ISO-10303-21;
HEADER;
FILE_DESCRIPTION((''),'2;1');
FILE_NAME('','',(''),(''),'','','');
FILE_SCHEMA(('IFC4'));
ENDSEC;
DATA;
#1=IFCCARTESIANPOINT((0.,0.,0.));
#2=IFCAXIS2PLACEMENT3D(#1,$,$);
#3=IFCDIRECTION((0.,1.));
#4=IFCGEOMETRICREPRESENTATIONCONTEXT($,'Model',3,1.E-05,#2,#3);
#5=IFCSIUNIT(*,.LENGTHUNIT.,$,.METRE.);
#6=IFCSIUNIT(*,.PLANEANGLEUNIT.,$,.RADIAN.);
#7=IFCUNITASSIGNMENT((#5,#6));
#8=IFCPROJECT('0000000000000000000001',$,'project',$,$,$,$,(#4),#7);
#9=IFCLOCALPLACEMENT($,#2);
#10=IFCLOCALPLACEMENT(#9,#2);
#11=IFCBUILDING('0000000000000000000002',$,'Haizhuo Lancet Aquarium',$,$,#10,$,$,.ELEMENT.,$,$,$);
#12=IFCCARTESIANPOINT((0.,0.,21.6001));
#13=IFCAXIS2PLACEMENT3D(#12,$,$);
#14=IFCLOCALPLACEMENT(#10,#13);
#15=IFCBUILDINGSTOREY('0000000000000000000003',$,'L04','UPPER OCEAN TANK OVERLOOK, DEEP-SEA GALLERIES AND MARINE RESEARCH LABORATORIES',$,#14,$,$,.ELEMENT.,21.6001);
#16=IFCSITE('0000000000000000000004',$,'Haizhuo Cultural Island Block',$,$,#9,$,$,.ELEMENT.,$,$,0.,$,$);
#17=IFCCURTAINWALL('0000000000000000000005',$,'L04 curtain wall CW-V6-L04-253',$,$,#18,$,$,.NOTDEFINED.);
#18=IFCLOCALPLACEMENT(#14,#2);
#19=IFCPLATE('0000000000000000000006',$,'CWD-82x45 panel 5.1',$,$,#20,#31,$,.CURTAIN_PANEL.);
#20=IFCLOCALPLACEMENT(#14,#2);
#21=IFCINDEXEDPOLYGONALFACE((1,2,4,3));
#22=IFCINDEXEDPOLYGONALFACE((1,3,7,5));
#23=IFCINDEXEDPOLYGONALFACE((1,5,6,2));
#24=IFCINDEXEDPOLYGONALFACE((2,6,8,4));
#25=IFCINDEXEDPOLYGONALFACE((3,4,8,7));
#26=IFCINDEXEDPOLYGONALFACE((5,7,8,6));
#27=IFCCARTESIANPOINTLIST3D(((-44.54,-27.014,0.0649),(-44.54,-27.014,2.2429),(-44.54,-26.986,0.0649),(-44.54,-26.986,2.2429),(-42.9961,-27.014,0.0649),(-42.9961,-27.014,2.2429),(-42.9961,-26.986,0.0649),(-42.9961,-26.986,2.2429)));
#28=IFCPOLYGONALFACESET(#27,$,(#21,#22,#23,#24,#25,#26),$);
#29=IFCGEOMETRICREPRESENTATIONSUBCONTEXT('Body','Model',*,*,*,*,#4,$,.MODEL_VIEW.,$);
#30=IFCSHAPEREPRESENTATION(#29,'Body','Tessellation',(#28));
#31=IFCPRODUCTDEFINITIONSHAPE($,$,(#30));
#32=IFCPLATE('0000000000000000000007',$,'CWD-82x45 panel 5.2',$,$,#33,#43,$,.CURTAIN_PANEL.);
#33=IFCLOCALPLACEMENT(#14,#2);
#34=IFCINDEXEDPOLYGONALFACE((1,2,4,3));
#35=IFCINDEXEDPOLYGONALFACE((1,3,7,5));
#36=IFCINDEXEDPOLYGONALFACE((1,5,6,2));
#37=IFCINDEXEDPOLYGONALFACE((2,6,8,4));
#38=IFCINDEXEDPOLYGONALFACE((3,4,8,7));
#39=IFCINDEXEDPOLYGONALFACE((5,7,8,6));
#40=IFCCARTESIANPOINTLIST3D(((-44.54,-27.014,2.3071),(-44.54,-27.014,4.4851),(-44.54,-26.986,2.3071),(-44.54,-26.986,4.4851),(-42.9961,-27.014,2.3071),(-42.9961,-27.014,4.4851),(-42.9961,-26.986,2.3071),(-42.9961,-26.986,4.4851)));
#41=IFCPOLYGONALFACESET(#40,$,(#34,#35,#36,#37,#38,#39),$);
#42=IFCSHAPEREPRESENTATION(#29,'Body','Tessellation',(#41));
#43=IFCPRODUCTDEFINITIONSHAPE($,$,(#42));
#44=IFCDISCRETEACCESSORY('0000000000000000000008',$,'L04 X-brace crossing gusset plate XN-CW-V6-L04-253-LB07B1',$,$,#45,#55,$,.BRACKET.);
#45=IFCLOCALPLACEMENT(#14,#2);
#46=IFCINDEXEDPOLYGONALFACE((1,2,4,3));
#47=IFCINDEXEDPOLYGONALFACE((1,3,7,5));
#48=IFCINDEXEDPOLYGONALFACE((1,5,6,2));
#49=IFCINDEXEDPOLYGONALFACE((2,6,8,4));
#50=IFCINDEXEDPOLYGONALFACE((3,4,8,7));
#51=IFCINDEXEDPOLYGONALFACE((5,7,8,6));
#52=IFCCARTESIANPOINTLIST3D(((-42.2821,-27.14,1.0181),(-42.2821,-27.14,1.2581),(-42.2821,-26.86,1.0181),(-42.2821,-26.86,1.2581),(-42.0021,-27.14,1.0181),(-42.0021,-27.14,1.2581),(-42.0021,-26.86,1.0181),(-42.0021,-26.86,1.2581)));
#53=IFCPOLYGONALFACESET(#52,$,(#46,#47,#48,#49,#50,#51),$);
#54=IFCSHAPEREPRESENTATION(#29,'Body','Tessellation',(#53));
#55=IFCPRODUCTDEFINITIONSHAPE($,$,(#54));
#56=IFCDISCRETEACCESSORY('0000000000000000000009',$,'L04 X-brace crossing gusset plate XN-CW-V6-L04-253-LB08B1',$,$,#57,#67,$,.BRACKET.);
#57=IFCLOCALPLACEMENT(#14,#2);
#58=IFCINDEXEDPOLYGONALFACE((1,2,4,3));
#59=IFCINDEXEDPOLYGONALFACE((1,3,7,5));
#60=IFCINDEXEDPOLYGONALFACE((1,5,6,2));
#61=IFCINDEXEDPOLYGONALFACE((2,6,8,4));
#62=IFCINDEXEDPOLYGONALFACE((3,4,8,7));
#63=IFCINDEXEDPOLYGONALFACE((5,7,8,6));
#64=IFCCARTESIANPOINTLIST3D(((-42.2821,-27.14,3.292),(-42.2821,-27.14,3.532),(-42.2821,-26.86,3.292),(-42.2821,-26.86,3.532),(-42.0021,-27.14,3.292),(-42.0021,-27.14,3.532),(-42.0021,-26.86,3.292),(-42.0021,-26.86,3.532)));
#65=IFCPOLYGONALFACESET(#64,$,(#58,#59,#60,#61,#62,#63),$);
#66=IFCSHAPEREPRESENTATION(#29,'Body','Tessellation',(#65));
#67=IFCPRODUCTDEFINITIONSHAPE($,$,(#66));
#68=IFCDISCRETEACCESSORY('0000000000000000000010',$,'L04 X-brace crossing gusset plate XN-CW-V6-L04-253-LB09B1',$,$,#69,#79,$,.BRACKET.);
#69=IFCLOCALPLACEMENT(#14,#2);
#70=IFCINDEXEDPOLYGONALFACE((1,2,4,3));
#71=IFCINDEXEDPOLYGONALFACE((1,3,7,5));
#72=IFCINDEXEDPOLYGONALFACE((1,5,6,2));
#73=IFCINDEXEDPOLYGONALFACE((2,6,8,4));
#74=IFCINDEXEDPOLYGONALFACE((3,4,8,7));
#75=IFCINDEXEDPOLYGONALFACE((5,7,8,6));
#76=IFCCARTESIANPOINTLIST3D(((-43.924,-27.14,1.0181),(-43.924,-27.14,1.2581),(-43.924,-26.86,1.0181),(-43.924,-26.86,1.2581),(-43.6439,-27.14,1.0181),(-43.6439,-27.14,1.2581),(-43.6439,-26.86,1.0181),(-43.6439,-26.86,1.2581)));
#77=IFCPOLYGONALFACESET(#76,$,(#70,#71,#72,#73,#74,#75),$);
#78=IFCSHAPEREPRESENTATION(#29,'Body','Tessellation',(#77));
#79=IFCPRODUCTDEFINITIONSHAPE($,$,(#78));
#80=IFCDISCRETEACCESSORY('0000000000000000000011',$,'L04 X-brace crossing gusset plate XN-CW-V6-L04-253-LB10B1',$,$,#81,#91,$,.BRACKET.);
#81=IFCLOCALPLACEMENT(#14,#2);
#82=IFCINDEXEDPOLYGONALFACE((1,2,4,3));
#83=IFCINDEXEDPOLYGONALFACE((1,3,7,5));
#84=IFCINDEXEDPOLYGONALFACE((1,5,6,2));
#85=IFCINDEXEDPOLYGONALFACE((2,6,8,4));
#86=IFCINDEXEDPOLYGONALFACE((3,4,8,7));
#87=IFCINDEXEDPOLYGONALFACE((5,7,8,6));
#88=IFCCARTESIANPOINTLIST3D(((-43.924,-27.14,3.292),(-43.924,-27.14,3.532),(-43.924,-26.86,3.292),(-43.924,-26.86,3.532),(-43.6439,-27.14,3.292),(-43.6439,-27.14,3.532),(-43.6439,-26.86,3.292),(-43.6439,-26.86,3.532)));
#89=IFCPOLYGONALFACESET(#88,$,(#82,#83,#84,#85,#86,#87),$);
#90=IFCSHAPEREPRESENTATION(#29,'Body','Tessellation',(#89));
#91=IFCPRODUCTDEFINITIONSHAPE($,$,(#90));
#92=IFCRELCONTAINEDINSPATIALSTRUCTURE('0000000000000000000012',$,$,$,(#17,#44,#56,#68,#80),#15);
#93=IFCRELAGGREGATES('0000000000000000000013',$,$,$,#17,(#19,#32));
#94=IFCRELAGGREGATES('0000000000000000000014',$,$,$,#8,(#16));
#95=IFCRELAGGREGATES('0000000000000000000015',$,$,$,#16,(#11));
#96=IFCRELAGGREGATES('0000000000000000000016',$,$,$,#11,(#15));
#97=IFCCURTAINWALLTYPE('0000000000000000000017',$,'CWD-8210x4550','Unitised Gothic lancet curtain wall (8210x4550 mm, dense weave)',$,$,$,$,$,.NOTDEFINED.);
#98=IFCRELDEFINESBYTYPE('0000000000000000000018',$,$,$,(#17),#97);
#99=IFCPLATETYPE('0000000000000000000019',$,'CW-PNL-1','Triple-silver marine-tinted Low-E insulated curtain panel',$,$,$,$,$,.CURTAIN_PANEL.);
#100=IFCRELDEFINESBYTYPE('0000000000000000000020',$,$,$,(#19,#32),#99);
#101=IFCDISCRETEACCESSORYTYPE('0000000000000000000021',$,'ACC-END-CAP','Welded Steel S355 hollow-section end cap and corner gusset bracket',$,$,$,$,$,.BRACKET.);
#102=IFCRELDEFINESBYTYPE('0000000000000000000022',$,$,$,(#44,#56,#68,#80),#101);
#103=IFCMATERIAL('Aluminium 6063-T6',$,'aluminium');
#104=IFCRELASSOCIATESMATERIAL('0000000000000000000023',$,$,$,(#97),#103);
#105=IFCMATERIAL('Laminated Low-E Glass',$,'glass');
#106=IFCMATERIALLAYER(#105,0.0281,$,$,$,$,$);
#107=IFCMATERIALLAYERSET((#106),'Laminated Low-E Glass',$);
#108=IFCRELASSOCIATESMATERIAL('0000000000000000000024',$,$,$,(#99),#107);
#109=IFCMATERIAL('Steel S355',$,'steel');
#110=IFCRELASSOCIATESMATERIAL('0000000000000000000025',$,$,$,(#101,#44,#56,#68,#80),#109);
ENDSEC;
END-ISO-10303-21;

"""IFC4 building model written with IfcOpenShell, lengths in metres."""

from ifc_helpers import new_model, si_unit, direction, frame, origin, origin_2d, place, context, subcontext, project, spatial, rectangle, extrude, material, layer, layer_set, type_object, element, aggregate, save


model = new_model("IFC4")

# Units and contexts
model_context = context("Model", 3, precision=1e-05, world=origin(), true_north=direction((0.0, 1.0)))
body_context = subcontext(model_context, "Body", "Model", "MODEL_VIEW")
ifc_project = project(units=[si_unit("LENGTHUNIT", "METRE"), si_unit("PLANEANGLEUNIT", "RADIAN")], contexts=[model_context])

# Site, building, storey
site_placement = place(None, origin())
site = spatial("IfcSite", under=ifc_project, at=site_placement, Name="Haizhuo Cultural Island Block", CompositionType="ELEMENT", RefElevation=0.0)
building_placement = place(site_placement, origin())
building = spatial("IfcBuilding", under=site, at=building_placement, Name="Haizhuo Lancet Aquarium", CompositionType="ELEMENT")
storey_placement = place(building_placement, frame((0.0, 0.0, 21.6001)))
storey = spatial("IfcBuildingStorey", under=building, at=storey_placement, Name="L04", Description="UPPER OCEAN TANK OVERLOOK, DEEP-SEA GALLERIES AND MARINE RESEARCH LABORATORIES", CompositionType="ELEMENT", Elevation=21.6001)

# Shared definitions
ifc_material_1 = material(Name="Steel S355", Category="steel")

# Curtain wall
ifc_material_2 = material(Name="Aluminium 6063-T6", Category="aluminium")
curtain_wall_type = type_object("IfcCurtainWallType", Name="CWD-8210x4550", Description="Unitised Gothic lancet curtain wall (8210x4550 mm, dense weave)", PredefinedType="NOTDEFINED", material=ifc_material_2)
curtain_wall_placement = place(storey_placement, origin())
curtain_wall = element("IfcCurtainWall", 1, at=curtain_wall_placement, inside=storey, type_object=curtain_wall_type, Name="L04 curtain wall CW-V6-L04-253", PredefinedType="NOTDEFINED")

# Plates
ifc_material_3 = material(Name="Laminated Low-E Glass", Category="glass")
ifc_layer = layer(ifc_material_3, 0.0281)
ifc_layer_set = layer_set([ifc_layer], Name="Laminated Low-E Glass")
plate_type = type_object("IfcPlateType", Name="CW-PNL-1", Description="Triple-silver marine-tinted Low-E insulated curtain panel", PredefinedType="CURTAIN_PANEL", material=ifc_layer_set)
plate_1_placement = place(storey_placement, frame((-43.7681, -27.0, 0.0649), z_axis=(0.0, 0.0, 1.0), x_axis=(-1.0, 0.0, 0.0)))
plate_1 = element("IfcPlate", 2, at=plate_1_placement, type_object=plate_type, Name="CWD-82x45 panel 5.1", PredefinedType="CURTAIN_PANEL", context=body_context, shape_type="SweptSolid", body=[
    extrude(rectangle(XDim=1.5439, YDim=0.0281, at=origin_2d()), origin(), (0.0, 0.0, 1.0), 2.178),
])
plate_2_placement = place(storey_placement, frame((-43.7681, -27.0, 2.3071), z_axis=(0.0, 0.0, 1.0), x_axis=(-1.0, 0.0, 0.0)))
plate_2 = element("IfcPlate", 3, at=plate_2_placement, type_object=plate_type, Name="CWD-82x45 panel 5.2", PredefinedType="CURTAIN_PANEL", context=body_context, shape_type="SweptSolid", body=[
    extrude(rectangle(XDim=1.5439, YDim=0.0281, at=origin_2d()), origin(), (0.0, 0.0, 1.0), 2.178),
])
aggregate(curtain_wall, [plate_1, plate_2])

# Discrete accessories
discrete_accessory_type = type_object("IfcDiscreteAccessoryType", Name="ACC-END-CAP", Description="Welded Steel S355 hollow-section end cap and corner gusset bracket", PredefinedType="BRACKET", material=ifc_material_1)
for number, where, z_axis, x_axis, name in (
    (4, (-42.1421, -27.0, 1.0181), (0.0, 0.0, 1.0), (1.0, 0.0, 0.0), "L04 X-brace crossing gusset plate XN-CW-V6-L04-253-LB07B1"),
    (5, (-42.1421, -27.0, 3.292), (0.0, 0.0, 1.0), (1.0, 0.0, 0.0), "L04 X-brace crossing gusset plate XN-CW-V6-L04-253-LB08B1"),
    (6, (-43.7839, -27.0, 1.0181), (0.0, 0.0, 1.0), (1.0, 0.0, 0.0), "L04 X-brace crossing gusset plate XN-CW-V6-L04-253-LB09B1"),
    (7, (-43.7839, -27.0, 3.292), (0.0, 0.0, 1.0), (1.0, 0.0, 0.0), "L04 X-brace crossing gusset plate XN-CW-V6-L04-253-LB10B1"),
):
    element("IfcDiscreteAccessory", number, at=place(storey_placement, frame(where, z_axis=z_axis, x_axis=x_axis)), inside=storey, type_object=discrete_accessory_type, material=ifc_material_1, Name=name, PredefinedType="BRACKET", context=body_context, shape_type="SweptSolid", body=[
        extrude(rectangle(XDim=0.28, YDim=0.28, at=origin_2d()), origin(), (0.0, 0.0, 1.0), 0.24),
    ])

save(model, "model.ifc")
